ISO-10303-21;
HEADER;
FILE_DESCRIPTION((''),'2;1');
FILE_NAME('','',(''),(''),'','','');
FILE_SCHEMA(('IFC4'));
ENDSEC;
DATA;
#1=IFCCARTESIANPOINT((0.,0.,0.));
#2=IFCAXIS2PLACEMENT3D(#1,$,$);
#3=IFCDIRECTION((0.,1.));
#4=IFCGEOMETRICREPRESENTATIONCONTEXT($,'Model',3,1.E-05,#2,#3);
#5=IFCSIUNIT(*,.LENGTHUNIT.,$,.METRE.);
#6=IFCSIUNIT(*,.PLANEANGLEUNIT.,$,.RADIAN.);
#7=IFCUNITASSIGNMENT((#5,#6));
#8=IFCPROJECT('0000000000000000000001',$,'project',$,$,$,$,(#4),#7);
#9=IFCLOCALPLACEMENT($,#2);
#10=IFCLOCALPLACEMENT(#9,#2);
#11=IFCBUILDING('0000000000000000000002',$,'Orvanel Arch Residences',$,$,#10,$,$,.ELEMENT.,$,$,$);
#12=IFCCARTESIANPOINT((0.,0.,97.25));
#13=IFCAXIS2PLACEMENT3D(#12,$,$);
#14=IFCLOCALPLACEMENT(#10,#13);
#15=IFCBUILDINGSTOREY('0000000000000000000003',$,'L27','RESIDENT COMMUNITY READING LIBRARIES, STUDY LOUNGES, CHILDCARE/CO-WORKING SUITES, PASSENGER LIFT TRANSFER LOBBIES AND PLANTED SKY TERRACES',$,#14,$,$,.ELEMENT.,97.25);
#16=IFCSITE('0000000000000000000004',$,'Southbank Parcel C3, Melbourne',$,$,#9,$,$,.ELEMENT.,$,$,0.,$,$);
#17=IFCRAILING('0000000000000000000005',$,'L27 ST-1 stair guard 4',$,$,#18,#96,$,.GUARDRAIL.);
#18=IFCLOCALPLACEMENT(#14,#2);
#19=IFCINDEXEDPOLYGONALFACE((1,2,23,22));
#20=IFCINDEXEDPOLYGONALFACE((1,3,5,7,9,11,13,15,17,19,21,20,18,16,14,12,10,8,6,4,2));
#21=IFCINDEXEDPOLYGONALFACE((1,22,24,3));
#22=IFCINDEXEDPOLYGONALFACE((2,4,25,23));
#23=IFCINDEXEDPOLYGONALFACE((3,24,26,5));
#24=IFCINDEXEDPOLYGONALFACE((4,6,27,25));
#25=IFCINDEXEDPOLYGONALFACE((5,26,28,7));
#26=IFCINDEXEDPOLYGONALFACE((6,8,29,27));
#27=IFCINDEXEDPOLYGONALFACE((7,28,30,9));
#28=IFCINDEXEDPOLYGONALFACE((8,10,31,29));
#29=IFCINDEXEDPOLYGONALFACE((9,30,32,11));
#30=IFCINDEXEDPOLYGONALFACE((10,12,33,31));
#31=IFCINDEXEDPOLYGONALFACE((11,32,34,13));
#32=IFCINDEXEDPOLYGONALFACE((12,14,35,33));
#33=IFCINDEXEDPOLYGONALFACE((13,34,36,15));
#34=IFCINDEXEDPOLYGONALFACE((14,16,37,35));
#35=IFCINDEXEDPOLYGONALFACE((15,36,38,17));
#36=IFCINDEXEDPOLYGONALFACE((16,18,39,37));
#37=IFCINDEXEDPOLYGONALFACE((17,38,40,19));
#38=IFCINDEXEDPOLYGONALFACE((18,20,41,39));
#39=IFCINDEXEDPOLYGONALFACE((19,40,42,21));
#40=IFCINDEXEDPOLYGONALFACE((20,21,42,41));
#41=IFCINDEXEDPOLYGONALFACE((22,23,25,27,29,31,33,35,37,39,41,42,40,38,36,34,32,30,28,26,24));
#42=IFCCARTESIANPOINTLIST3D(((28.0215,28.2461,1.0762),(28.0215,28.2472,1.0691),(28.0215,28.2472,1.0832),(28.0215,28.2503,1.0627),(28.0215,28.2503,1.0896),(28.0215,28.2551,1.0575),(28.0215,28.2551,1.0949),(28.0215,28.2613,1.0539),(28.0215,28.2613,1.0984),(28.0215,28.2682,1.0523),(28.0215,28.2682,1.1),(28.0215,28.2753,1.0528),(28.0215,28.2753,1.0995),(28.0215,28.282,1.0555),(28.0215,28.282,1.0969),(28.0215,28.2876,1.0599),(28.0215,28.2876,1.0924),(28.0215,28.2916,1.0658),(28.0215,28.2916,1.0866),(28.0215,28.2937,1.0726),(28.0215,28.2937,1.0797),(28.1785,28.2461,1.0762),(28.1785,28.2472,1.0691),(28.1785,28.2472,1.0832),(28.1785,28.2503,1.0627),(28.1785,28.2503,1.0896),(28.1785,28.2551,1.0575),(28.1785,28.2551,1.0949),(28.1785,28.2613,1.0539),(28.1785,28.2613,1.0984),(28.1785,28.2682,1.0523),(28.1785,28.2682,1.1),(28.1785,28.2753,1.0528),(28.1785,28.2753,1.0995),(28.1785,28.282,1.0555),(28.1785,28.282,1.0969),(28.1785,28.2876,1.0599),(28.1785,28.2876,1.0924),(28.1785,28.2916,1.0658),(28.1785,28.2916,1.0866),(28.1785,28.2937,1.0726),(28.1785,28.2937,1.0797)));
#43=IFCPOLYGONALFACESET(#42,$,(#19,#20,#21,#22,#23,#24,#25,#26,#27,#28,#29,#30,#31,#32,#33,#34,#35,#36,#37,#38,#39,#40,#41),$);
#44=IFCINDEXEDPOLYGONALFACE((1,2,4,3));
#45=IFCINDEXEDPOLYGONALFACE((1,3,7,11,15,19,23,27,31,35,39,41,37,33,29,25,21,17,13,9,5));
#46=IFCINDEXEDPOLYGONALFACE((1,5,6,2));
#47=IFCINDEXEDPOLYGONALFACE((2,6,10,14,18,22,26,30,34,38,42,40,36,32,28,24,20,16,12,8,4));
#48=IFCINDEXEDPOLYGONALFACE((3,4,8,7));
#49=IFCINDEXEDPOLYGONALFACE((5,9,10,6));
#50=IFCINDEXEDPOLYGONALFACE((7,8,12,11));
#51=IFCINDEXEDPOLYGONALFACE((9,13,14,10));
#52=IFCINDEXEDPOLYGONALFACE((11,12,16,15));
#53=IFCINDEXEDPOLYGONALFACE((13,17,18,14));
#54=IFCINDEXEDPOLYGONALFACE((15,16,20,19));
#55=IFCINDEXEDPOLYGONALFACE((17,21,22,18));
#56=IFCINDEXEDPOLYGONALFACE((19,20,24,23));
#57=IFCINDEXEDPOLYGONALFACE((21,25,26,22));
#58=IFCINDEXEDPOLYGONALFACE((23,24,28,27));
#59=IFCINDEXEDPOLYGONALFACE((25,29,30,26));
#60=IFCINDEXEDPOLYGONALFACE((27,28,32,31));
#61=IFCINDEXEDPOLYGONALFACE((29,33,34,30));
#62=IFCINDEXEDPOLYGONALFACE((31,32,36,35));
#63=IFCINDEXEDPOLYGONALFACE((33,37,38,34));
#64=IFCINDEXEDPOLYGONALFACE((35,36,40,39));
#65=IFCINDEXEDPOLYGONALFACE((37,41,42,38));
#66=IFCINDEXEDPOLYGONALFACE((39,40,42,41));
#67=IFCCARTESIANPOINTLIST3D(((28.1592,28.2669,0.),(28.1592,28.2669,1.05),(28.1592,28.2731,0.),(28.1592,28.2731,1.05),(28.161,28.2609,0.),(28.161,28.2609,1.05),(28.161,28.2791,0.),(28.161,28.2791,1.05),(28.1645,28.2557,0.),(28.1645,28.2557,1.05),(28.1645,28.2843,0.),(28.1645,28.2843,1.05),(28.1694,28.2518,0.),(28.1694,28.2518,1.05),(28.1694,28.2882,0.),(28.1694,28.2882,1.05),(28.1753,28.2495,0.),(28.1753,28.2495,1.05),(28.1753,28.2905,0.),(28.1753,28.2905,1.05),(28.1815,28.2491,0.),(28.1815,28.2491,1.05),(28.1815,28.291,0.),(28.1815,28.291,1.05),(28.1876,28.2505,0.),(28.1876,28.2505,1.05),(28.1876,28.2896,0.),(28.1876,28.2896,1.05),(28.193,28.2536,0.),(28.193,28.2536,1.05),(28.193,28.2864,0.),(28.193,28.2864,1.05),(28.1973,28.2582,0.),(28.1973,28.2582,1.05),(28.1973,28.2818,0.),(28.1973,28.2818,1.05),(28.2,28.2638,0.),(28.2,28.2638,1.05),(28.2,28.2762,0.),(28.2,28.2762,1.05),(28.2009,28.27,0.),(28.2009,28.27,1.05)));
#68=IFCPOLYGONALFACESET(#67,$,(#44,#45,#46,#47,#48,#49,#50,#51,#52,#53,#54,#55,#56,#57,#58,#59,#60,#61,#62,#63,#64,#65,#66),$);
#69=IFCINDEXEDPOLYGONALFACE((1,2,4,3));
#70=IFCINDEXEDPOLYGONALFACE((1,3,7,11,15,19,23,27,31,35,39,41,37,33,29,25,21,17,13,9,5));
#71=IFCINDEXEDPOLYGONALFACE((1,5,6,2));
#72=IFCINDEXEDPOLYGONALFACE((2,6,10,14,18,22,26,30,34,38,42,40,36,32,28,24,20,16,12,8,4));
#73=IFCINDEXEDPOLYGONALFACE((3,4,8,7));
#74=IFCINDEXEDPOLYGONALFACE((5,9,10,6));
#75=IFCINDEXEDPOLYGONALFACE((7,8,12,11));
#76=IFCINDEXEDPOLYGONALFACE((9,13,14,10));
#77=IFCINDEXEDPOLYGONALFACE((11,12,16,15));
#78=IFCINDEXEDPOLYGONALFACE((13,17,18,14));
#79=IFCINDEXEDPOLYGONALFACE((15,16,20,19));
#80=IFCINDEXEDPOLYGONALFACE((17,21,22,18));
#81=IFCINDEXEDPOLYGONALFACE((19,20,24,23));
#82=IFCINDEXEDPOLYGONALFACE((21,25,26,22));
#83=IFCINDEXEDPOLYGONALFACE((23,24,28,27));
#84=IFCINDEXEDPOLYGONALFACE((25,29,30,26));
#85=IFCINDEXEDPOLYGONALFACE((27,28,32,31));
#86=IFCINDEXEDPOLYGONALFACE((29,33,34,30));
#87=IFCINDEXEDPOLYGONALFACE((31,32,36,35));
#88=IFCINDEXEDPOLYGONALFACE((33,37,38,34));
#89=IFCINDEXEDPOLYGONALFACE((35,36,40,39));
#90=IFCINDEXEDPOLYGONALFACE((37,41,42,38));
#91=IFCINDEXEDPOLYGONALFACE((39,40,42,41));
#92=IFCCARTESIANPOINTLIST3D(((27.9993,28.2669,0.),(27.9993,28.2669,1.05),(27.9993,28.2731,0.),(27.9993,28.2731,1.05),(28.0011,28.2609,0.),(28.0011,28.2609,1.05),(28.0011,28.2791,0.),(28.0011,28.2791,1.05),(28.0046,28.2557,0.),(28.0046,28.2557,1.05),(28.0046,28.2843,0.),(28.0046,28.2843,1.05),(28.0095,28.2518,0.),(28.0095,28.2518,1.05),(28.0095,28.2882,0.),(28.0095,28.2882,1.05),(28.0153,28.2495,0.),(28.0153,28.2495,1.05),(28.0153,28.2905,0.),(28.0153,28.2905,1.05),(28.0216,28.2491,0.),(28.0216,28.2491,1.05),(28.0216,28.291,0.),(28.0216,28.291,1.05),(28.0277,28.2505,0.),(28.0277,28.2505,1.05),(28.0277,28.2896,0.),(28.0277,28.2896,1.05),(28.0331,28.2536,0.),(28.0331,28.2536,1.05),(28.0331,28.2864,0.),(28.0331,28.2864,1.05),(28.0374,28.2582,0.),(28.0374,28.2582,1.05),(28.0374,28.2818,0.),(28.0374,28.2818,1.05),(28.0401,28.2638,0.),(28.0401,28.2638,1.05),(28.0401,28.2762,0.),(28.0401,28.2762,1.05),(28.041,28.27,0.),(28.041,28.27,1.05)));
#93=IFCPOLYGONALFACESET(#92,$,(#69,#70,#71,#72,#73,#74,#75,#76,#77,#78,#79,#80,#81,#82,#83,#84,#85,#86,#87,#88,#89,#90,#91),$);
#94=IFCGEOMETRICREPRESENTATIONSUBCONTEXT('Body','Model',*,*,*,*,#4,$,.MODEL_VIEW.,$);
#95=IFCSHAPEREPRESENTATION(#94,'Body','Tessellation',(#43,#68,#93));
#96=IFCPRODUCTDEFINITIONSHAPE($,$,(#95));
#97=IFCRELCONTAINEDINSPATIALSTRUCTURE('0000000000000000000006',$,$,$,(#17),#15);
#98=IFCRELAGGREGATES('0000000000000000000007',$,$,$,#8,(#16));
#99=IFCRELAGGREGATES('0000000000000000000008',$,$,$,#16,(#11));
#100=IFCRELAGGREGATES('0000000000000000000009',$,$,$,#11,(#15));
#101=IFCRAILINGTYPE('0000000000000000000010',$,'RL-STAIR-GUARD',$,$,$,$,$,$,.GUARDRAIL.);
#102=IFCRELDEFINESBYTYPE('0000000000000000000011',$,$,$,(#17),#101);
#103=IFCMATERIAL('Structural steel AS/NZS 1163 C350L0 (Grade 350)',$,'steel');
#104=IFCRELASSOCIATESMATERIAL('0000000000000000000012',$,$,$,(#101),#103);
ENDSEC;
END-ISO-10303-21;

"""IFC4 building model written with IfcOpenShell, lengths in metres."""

from ifc_helpers import new_model, si_unit, direction, frame, origin, origin_2d, place, context, subcontext, project, spatial, circle, extrude, material, type_object, element, save


model = new_model("IFC4")

# Units and contexts
model_context = context("Model", 3, precision=1e-05, world=origin(), true_north=direction((0.0, 1.0)))
body_context = subcontext(model_context, "Body", "Model", "MODEL_VIEW")
ifc_project = project(units=[si_unit("LENGTHUNIT", "METRE"), si_unit("PLANEANGLEUNIT", "RADIAN")], contexts=[model_context])

# Site, building, storey
site_placement = place(None, origin())
site = spatial("IfcSite", under=ifc_project, at=site_placement, Name="Southbank Parcel C3, Melbourne", CompositionType="ELEMENT", RefElevation=0.0)
building_placement = place(site_placement, origin())
building = spatial("IfcBuilding", under=site, at=building_placement, Name="Orvanel Arch Residences", CompositionType="ELEMENT")
storey_placement = place(building_placement, frame((0.0, 0.0, 97.25)))
storey = spatial("IfcBuildingStorey", under=building, at=storey_placement, Name="L27", Description="RESIDENT COMMUNITY READING LIBRARIES, STUDY LOUNGES, CHILDCARE/CO-WORKING SUITES, PASSENGER LIFT TRANSFER LOBBIES AND PLANTED SKY TERRACES", CompositionType="ELEMENT", Elevation=97.25)

# Railing
ifc_material_1 = material(Name="Structural steel AS/NZS 1163 C350L0 (Grade 350)", Category="steel")
railing_type_1 = type_object("IfcRailingType", Name="RL-STAIR-GUARD", PredefinedType="GUARDRAIL", material=ifc_material_1)
railing_1_placement = place(storey_placement, frame((28.1799, 28.27, 0.0)))
element("IfcRailing", 1, at=railing_1_placement, inside=storey, type_object=railing_type_1, Name="L27 ST-1 stair guard 4", PredefinedType="GUARDRAIL", context=body_context, shape_type="SweptSolid", body=[
    extrude(circle(Radius=0.0239, at=origin_2d()), frame((-0.0015, 0.0, 1.0762), z_axis=(-1.0, 0.0, 0.0), x_axis=(0.0, -1.0, 0.0)), (0.0, 0.0, 1.0), 0.157),
    extrude(circle(Radius=0.021, at=origin_2d()), origin(), (0.0, 0.0, 1.0), 1.05),
    extrude(circle(Radius=0.021, at=origin_2d()), frame((-0.1599, 0.0, 0.0)), (0.0, 0.0, 1.0), 1.05),
])

save(model, "model.ifc")
